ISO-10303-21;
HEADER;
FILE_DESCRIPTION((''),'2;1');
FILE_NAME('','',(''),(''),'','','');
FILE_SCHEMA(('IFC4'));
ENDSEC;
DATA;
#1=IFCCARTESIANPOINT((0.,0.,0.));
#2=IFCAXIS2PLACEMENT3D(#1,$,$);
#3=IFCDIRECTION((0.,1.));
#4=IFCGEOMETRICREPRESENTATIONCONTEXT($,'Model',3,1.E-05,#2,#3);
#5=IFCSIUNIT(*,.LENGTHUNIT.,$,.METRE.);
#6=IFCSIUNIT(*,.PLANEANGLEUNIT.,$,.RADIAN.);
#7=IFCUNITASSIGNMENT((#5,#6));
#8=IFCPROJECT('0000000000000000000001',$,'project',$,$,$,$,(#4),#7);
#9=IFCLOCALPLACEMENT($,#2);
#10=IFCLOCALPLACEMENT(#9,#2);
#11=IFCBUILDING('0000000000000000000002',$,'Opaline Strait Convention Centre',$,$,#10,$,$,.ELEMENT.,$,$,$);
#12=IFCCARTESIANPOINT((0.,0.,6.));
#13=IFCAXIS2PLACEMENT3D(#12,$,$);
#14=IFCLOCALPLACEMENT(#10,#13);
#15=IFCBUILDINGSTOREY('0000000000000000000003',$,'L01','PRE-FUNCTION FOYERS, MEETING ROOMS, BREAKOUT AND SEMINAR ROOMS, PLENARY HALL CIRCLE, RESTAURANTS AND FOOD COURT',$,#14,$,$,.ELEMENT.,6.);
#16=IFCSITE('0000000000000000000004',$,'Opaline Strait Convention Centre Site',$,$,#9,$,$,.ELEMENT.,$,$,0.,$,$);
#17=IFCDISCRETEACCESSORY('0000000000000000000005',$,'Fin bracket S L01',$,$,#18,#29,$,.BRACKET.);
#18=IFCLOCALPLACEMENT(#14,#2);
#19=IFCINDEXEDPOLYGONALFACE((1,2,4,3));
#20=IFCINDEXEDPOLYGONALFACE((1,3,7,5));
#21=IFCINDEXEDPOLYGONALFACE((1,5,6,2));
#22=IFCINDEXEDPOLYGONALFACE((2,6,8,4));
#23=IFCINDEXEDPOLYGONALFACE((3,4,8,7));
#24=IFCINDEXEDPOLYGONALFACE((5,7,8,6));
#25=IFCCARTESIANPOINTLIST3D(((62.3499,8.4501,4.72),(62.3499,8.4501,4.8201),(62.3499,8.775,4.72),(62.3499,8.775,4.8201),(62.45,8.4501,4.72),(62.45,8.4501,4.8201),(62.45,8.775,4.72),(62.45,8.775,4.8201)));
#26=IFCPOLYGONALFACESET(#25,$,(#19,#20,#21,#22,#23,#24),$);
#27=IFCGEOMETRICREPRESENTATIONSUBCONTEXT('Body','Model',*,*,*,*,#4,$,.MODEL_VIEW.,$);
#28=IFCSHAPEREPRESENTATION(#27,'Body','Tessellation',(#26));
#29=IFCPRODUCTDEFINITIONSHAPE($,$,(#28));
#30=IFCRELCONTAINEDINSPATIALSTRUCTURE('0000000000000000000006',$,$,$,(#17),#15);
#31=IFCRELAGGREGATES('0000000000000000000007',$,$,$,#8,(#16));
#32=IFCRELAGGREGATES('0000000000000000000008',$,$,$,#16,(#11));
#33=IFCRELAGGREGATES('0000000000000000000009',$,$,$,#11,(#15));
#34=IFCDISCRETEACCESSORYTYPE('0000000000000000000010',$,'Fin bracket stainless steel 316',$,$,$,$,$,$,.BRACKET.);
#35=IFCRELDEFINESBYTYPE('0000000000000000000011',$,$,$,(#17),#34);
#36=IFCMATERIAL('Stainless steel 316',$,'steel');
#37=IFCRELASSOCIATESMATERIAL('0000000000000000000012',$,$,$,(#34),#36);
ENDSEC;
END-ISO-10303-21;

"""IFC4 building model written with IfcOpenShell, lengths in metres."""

from ifc_helpers import new_model, si_unit, direction, frame, origin, origin_2d, place, context, subcontext, project, spatial, rectangle, extrude, material, type_object, element, save


model = new_model("IFC4")

# Units and contexts
model_context = context("Model", 3, precision=1e-05, world=origin(), true_north=direction((0.0, 1.0)))
body_context = subcontext(model_context, "Body", "Model", "MODEL_VIEW")
ifc_project = project(units=[si_unit("LENGTHUNIT", "METRE"), si_unit("PLANEANGLEUNIT", "RADIAN")], contexts=[model_context])

# Site, building, storey
site_placement = place(None, origin())
site = spatial("IfcSite", under=ifc_project, at=site_placement, Name="Opaline Strait Convention Centre Site", CompositionType="ELEMENT", RefElevation=0.0)
building_placement = place(site_placement, origin())
building = spatial("IfcBuilding", under=site, at=building_placement, Name="Opaline Strait Convention Centre", CompositionType="ELEMENT")
storey_placement = place(building_placement, frame((0.0, 0.0, 6.0)))
storey = spatial("IfcBuildingStorey", under=building, at=storey_placement, Name="L01", Description="PRE-FUNCTION FOYERS, MEETING ROOMS, BREAKOUT AND SEMINAR ROOMS, PLENARY HALL CIRCLE, RESTAURANTS AND FOOD COURT", CompositionType="ELEMENT", Elevation=6.0)

# Discrete accessory
ifc_material_1 = material(Name="Stainless steel 316", Category="steel")
discrete_accessory_type = type_object("IfcDiscreteAccessoryType", Name="Fin bracket stainless steel 316", PredefinedType="BRACKET", material=ifc_material_1)
for number, where, z_axis, x_axis, name in (
    (1, (62.3999, 8.6125, 4.72), (0.0, 0.0, 1.0), (1.0, 0.0, 0.0), "Fin bracket S L01"),
):
    element("IfcDiscreteAccessory", number, at=place(storey_placement, frame(where, z_axis=z_axis, x_axis=x_axis)), inside=storey, type_object=discrete_accessory_type, Name=name, PredefinedType="BRACKET", context=body_context, shape_type="SweptSolid", body=[
        extrude(rectangle(XDim=0.1001, YDim=0.325, at=origin_2d()), origin(), (0.0, 0.0, 1.0), 0.1001),
    ])

save(model, "model.ifc")
